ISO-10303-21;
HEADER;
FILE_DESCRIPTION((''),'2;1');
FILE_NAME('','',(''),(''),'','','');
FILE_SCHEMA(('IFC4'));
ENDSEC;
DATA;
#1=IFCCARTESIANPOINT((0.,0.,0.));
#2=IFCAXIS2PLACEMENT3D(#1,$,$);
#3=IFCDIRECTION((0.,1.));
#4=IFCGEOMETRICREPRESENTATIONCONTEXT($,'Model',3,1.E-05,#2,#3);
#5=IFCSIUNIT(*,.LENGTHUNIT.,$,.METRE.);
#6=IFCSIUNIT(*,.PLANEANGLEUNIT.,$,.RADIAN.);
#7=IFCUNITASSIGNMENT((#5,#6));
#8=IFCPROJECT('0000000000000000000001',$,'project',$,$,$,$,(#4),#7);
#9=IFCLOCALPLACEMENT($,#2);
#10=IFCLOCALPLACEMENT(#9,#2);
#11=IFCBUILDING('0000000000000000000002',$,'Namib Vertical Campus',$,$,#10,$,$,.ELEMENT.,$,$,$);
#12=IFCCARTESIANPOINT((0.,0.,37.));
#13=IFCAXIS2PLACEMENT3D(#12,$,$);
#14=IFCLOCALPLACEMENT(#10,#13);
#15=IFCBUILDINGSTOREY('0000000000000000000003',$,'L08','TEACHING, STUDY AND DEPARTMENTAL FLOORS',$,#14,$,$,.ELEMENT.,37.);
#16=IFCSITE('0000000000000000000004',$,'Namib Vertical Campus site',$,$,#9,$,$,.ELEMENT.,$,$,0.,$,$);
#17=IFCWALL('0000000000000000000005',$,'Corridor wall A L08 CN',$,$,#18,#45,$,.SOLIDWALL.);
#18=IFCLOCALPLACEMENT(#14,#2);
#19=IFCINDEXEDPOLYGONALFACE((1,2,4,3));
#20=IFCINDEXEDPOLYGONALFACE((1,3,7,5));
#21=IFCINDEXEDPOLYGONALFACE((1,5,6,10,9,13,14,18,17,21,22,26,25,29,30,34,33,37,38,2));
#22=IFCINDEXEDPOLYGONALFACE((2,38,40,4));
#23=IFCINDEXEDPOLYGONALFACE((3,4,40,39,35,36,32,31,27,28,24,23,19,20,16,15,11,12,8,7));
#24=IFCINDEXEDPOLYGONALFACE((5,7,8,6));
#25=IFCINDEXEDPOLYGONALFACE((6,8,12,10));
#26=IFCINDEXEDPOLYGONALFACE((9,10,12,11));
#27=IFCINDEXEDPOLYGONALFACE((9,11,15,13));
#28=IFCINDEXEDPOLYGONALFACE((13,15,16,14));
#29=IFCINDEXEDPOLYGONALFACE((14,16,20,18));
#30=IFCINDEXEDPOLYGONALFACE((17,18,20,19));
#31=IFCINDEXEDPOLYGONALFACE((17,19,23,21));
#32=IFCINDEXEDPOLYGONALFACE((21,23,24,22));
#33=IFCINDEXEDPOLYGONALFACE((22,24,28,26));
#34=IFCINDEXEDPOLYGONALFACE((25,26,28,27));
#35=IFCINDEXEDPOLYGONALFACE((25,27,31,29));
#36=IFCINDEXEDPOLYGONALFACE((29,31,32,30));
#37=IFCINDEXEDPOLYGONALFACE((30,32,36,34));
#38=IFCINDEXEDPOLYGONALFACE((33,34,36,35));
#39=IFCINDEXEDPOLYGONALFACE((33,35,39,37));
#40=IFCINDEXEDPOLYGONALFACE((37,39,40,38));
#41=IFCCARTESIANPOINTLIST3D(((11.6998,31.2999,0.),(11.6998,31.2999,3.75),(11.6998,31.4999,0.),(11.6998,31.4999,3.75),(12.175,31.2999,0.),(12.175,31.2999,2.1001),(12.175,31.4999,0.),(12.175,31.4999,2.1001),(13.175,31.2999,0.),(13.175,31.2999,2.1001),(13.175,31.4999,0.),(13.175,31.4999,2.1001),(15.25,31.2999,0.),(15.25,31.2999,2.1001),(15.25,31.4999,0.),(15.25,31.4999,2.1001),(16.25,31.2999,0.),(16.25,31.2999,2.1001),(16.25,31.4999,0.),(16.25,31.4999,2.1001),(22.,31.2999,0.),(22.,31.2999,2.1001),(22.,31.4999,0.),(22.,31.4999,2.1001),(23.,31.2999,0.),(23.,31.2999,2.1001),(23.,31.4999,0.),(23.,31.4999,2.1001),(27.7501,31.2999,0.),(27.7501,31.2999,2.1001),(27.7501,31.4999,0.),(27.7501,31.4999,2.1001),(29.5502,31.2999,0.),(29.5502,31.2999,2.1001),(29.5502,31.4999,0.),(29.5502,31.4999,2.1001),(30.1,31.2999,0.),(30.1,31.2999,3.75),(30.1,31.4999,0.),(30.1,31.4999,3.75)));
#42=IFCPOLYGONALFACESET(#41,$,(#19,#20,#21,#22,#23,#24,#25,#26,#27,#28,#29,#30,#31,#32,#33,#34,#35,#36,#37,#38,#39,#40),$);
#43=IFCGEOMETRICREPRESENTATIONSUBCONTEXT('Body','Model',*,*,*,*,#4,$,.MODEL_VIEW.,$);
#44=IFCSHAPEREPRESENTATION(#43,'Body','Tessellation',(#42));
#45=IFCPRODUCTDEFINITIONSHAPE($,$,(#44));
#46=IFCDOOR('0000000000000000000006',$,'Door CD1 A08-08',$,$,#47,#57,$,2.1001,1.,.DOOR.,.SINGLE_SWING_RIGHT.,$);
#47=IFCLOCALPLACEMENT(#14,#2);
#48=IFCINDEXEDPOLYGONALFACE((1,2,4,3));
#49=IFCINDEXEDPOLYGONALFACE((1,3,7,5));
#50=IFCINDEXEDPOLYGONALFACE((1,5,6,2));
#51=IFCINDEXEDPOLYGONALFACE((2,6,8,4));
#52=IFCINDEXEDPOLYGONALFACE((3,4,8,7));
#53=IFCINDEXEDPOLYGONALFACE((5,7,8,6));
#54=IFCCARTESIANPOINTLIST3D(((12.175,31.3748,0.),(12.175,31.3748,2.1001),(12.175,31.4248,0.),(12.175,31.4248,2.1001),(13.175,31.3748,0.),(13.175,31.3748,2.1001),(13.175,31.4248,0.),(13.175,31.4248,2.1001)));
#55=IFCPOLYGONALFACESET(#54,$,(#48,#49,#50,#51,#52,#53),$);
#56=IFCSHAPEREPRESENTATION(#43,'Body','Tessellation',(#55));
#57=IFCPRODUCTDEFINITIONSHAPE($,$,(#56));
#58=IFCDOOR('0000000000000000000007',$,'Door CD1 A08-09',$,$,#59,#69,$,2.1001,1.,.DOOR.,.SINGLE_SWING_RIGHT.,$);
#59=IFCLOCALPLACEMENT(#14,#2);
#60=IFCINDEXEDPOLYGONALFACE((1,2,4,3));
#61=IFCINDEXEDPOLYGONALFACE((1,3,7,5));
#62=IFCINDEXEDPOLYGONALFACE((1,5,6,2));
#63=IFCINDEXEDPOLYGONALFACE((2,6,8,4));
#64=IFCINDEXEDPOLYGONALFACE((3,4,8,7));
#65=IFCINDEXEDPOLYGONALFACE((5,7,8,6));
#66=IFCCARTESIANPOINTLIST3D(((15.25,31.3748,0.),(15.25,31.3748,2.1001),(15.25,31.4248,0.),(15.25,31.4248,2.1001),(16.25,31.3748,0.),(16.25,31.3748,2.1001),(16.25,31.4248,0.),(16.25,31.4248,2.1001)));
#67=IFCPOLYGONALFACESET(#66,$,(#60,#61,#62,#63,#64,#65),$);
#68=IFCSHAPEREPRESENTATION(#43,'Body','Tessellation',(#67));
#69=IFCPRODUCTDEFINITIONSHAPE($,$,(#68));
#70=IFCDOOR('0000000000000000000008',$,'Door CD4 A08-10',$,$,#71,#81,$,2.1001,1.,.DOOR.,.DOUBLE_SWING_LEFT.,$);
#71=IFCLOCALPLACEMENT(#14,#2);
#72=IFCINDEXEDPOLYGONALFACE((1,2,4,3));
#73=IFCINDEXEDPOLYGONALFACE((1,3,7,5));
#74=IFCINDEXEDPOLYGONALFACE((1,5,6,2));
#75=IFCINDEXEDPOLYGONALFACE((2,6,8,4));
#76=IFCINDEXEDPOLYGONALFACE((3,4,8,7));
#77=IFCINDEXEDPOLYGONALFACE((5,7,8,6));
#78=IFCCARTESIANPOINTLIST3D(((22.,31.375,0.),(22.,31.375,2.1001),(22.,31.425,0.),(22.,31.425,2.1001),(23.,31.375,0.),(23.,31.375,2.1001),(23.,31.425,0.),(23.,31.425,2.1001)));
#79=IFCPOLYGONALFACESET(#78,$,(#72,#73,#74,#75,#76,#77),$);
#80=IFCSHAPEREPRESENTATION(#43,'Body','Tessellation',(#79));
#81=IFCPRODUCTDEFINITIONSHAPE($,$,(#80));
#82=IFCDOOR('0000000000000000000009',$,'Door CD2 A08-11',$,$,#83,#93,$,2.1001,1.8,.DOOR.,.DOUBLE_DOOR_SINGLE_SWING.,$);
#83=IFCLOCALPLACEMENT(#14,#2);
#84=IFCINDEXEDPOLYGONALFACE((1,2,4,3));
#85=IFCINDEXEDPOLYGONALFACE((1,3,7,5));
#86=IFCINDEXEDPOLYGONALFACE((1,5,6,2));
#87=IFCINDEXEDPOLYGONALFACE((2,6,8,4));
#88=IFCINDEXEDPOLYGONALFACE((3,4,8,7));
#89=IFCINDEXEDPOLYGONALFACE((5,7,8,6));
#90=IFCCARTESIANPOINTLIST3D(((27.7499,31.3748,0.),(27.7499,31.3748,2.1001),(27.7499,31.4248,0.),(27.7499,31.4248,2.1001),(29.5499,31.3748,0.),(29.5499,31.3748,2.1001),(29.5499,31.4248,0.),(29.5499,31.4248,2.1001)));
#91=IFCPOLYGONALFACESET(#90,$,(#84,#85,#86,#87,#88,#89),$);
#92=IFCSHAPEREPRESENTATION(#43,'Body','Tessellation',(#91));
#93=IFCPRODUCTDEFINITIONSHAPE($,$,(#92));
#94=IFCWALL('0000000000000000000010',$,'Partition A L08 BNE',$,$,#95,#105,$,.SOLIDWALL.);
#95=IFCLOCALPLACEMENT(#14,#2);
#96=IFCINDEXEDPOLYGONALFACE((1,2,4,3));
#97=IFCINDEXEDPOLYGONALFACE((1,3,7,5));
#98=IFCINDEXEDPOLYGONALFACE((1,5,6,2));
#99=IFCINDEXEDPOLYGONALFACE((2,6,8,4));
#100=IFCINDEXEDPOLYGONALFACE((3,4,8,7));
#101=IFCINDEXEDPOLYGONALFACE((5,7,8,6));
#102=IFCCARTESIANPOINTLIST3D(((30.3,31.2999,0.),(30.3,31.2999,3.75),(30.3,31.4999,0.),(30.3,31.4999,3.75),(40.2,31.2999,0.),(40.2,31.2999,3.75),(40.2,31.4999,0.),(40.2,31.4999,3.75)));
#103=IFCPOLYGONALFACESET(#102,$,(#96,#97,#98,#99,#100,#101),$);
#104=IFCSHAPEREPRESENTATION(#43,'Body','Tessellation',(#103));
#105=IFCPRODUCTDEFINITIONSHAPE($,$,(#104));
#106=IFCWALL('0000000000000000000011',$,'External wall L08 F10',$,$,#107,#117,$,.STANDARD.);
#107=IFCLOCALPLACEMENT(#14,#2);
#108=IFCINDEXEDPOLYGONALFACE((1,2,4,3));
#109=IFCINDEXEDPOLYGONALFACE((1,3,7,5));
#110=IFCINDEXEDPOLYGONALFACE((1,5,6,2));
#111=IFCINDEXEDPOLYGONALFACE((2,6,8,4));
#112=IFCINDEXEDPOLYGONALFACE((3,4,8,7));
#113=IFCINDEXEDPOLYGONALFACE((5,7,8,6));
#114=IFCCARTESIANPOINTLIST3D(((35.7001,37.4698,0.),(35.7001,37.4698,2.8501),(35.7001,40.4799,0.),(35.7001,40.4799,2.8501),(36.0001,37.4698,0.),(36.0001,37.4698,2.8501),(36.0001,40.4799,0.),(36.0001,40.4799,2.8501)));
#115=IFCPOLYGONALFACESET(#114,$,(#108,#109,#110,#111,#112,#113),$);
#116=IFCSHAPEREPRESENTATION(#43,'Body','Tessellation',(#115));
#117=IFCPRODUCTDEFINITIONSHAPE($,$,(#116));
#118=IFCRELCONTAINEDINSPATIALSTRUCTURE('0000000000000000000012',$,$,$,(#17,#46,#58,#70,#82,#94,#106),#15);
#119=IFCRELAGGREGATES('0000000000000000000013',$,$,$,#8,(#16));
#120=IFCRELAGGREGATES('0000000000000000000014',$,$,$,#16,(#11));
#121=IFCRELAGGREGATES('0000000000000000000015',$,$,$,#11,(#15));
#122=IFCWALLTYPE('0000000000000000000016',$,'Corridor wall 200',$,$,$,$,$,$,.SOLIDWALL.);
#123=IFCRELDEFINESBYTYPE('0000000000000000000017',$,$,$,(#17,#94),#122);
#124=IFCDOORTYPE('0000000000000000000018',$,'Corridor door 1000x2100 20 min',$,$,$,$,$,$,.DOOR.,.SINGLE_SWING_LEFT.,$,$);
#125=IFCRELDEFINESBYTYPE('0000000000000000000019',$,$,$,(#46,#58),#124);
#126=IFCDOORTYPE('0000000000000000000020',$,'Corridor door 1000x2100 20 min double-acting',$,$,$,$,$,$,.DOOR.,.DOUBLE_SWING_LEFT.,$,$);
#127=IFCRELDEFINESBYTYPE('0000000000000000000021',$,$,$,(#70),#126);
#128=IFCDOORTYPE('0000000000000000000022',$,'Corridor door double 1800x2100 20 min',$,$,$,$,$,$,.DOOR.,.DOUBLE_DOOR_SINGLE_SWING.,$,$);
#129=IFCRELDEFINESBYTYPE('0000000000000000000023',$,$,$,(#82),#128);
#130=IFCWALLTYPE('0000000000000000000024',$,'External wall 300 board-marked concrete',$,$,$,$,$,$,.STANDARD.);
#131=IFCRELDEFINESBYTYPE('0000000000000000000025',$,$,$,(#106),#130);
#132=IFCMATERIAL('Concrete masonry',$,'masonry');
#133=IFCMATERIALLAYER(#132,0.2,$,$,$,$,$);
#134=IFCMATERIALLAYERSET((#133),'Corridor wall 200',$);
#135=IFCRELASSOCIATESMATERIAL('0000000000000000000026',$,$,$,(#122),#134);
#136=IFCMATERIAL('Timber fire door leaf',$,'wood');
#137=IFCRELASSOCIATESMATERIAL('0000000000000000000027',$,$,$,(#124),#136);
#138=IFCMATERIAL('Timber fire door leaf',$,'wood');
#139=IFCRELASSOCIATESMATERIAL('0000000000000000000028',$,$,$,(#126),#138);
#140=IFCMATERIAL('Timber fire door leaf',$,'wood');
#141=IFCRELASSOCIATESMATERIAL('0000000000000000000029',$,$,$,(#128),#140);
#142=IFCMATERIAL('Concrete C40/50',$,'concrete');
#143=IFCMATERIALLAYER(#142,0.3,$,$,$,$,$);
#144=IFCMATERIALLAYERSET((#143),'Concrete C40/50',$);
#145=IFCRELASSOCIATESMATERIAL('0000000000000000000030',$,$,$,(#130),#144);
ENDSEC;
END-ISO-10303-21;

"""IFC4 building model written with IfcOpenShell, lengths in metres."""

from ifc_helpers import new_model, si_unit, direction, frame, frame_2d, origin, place, context, subcontext, project, spatial, rectangle, extrude, material, layer, layer_set, type_object, element, fill, save


model = new_model("IFC4")

# Units and contexts
model_context = context("Model", 3, precision=1e-05, world=origin(), true_north=direction((0.0, 1.0)))
body_context = subcontext(model_context, "Body", "Model", "MODEL_VIEW")
ifc_project = project(units=[si_unit("LENGTHUNIT", "METRE"), si_unit("PLANEANGLEUNIT", "RADIAN")], contexts=[model_context])

# Site, building, storey
site_placement = place(None, origin())
site = spatial("IfcSite", under=ifc_project, at=site_placement, Name="Namib Vertical Campus site", CompositionType="ELEMENT", RefElevation=0.0)
building_placement = place(site_placement, origin())
building = spatial("IfcBuilding", under=site, at=building_placement, Name="Namib Vertical Campus", CompositionType="ELEMENT")
storey_placement = place(building_placement, frame((0.0, 0.0, 37.0)))
storey = spatial("IfcBuildingStorey", under=building, at=storey_placement, Name="L08", Description="TEACHING, STUDY AND DEPARTMENTAL FLOORS", CompositionType="ELEMENT", Elevation=37.0)

# Wall, openings, doors
ifc_material_1 = material(Name="Concrete masonry", Category="masonry")
ifc_layer_1 = layer(ifc_material_1, 0.2)
ifc_layer_set_1 = layer_set([ifc_layer_1], Name="Corridor wall 200")
wall_type_1 = type_object("IfcWallType", Name="Corridor wall 200", PredefinedType="SOLIDWALL", material=ifc_layer_set_1)
wall_1_placement = place(storey_placement, frame((30.1001, 31.3999, 0.0), z_axis=(0.0, 0.0, 1.0), x_axis=(-1.0, 0.0, 0.0)))
wall_1 = element("IfcWall", 1, at=wall_1_placement, inside=storey, type_object=wall_type_1, Name="Corridor wall A L08 CN", PredefinedType="SOLIDWALL", context=body_context, shape_type="SweptSolid", body=[
    extrude(rectangle(XDim=18.4001, YDim=0.2, at=frame_2d((9.2002, 0.0))), origin(), (0.0, 0.0, 1.0), 3.75),
])
opening_1_placement = place(wall_1_placement, frame((16.925, 0.0, 0.0)))
opening_1 = element("IfcOpeningElement", 2, at=opening_1_placement, cuts=wall_1, PredefinedType="OPENING", context=body_context, shape_type="SweptSolid", body=[
    extrude(rectangle(XDim=1.0, YDim=2.1001, at=frame_2d((0.5, 1.05))), frame((0.0, 0.1099, 0.0), z_axis=(0.0, -1.0, 0.0), x_axis=(1.0, 0.0, 0.0)), (0.0, 0.0, 1.0), 0.22),
])
opening_2_placement = place(wall_1_placement, frame((13.8501, 0.0, 0.0)))
opening_2 = element("IfcOpeningElement", 3, at=opening_2_placement, cuts=wall_1, PredefinedType="OPENING", context=body_context, shape_type="SweptSolid", body=[
    extrude(rectangle(XDim=1.0, YDim=2.1001, at=frame_2d((0.5, 1.05))), frame((0.0, 0.1099, 0.0), z_axis=(0.0, -1.0, 0.0), x_axis=(1.0, 0.0, 0.0)), (0.0, 0.0, 1.0), 0.22),
])
opening_3_placement = place(wall_1_placement, frame((7.1001, 0.0, 0.0)))
opening_3 = element("IfcOpeningElement", 4, at=opening_3_placement, cuts=wall_1, PredefinedType="OPENING", context=body_context, shape_type="SweptSolid", body=[
    extrude(rectangle(XDim=1.0, YDim=2.1001, at=frame_2d((0.5, 1.05))), frame((0.0, 0.1099, 0.0), z_axis=(0.0, -1.0, 0.0), x_axis=(1.0, 0.0, 0.0)), (0.0, 0.0, 1.0), 0.22),
])
opening_4_placement = place(wall_1_placement, frame((0.55, 0.0, 0.0)))
opening_4 = element("IfcOpeningElement", 5, at=opening_4_placement, cuts=wall_1, PredefinedType="OPENING", context=body_context, shape_type="SweptSolid", body=[
    extrude(rectangle(XDim=1.8, YDim=2.1001, at=frame_2d((0.8999, 1.05))), frame((0.0, 0.1099, 0.0), z_axis=(0.0, -1.0, 0.0), x_axis=(1.0, 0.0, 0.0)), (0.0, 0.0, 1.0), 0.22),
])
ifc_material_2 = material(Name="Timber fire door leaf", Category="wood")
door_type_1 = type_object("IfcDoorType", Name="Corridor door 1000x2100 20 min", OperationType="SINGLE_SWING_LEFT", PredefinedType="DOOR", material=ifc_material_2)
door_1_placement = place(opening_1_placement, frame((1.0, 0.0, 0.0), z_axis=(0.0, 0.0, 1.0), x_axis=(-1.0, 0.0, 0.0)))
door_1 = element("IfcDoor", 6, at=door_1_placement, inside=storey, type_object=door_type_1, Name="Door CD1 A08-08", OperationType="SINGLE_SWING_RIGHT", OverallHeight=2.1001, OverallWidth=1.0, PredefinedType="DOOR", context=body_context, shape_type="SweptSolid", body=[
    extrude(rectangle(XDim=1.0, YDim=2.1001, at=frame_2d((0.5, 1.05))), frame((0.0, 0.0249, 0.0), z_axis=(0.0, -1.0, 0.0), x_axis=(1.0, 0.0, 0.0)), (0.0, 0.0, 1.0), 0.05),
])
fill(opening_1, door_1)
door_2_placement = place(opening_2_placement, frame((1.0, 0.0, 0.0), z_axis=(0.0, 0.0, 1.0), x_axis=(-1.0, 0.0, 0.0)))
door_2 = element("IfcDoor", 7, at=door_2_placement, inside=storey, type_object=door_type_1, Name="Door CD1 A08-09", OperationType="SINGLE_SWING_RIGHT", OverallHeight=2.1001, OverallWidth=1.0, PredefinedType="DOOR", context=body_context, shape_type="SweptSolid", body=[
    extrude(rectangle(XDim=1.0, YDim=2.1001, at=frame_2d((0.5, 1.05))), frame((0.0, 0.0249, 0.0), z_axis=(0.0, -1.0, 0.0), x_axis=(1.0, 0.0, 0.0)), (0.0, 0.0, 1.0), 0.05),
])
fill(opening_2, door_2)
ifc_material_3 = material(Name="Timber fire door leaf", Category="wood")
door_type_2 = type_object("IfcDoorType", Name="Corridor door 1000x2100 20 min double-acting", OperationType="DOUBLE_SWING_LEFT", PredefinedType="DOOR", material=ifc_material_3)
door_3_placement = place(opening_3_placement, origin())
door_3 = element("IfcDoor", 8, at=door_3_placement, inside=storey, type_object=door_type_2, Name="Door CD4 A08-10", OperationType="DOUBLE_SWING_LEFT", OverallHeight=2.1001, OverallWidth=1.0, PredefinedType="DOOR", context=body_context, shape_type="SweptSolid", body=[
    extrude(rectangle(XDim=1.0, YDim=2.1001, at=frame_2d((0.5, 1.05))), frame((0.0, 0.0249, 0.0), z_axis=(0.0, -1.0, 0.0), x_axis=(1.0, 0.0, 0.0)), (0.0, 0.0, 1.0), 0.05),
])
fill(opening_3, door_3)
ifc_material_4 = material(Name="Timber fire door leaf", Category="wood")
door_type_3 = type_object("IfcDoorType", Name="Corridor door double 1800x2100 20 min", OperationType="DOUBLE_DOOR_SINGLE_SWING", PredefinedType="DOOR", material=ifc_material_4)
door_4_placement = place(opening_4_placement, frame((1.8, 0.0, 0.0), z_axis=(0.0, 0.0, 1.0), x_axis=(-1.0, 0.0, 0.0)))
door_4 = element("IfcDoor", 9, at=door_4_placement, inside=storey, type_object=door_type_3, Name="Door CD2 A08-11", OperationType="DOUBLE_DOOR_SINGLE_SWING", OverallHeight=2.1001, OverallWidth=1.8, PredefinedType="DOOR", context=body_context, shape_type="SweptSolid", body=[
    extrude(rectangle(XDim=1.8, YDim=2.1001, at=frame_2d((0.8999, 1.05))), frame((0.0, 0.0249, 0.0), z_axis=(0.0, -1.0, 0.0), x_axis=(1.0, 0.0, 0.0)), (0.0, 0.0, 1.0), 0.05),
])
fill(opening_4, door_4)

# Walls
wall_2_placement = place(storey_placement, frame((30.3, 31.3999, 0.0), z_axis=(0.0, 0.0, 1.0), x_axis=(1.0, 0.0, 0.0)))
element("IfcWall", 10, at=wall_2_placement, inside=storey, type_object=wall_type_1, Name="Partition A L08 BNE", PredefinedType="SOLIDWALL", context=body_context, shape_type="SweptSolid", body=[
    extrude(rectangle(XDim=9.8999, YDim=0.2, at=frame_2d((4.95, 0.0))), origin(), (0.0, 0.0, 1.0), 3.75),
])
ifc_material_5 = material(Name="Concrete C40/50", Category="concrete")
ifc_layer_2 = layer(ifc_material_5, 0.3)
ifc_layer_set_2 = layer_set([ifc_layer_2], Name="Concrete C40/50")
wall_type_2 = type_object("IfcWallType", Name="External wall 300 board-marked concrete", PredefinedType="STANDARD", material=ifc_layer_set_2)
wall_3_placement = place(storey_placement, frame((35.8501, 37.47, 0.0), z_axis=(0.0, 0.0, 1.0), x_axis=(0.0, 1.0, 0.0)))
element("IfcWall", 11, at=wall_3_placement, inside=storey, type_object=wall_type_2, Name="External wall L08 F10", PredefinedType="STANDARD", context=body_context, shape_type="SweptSolid", body=[
    extrude(rectangle(XDim=3.01, YDim=0.3, at=frame_2d((1.5049, 0.0))), origin(), (0.0, 0.0, 1.0), 2.8501),
])

save(model, "model.ifc")
